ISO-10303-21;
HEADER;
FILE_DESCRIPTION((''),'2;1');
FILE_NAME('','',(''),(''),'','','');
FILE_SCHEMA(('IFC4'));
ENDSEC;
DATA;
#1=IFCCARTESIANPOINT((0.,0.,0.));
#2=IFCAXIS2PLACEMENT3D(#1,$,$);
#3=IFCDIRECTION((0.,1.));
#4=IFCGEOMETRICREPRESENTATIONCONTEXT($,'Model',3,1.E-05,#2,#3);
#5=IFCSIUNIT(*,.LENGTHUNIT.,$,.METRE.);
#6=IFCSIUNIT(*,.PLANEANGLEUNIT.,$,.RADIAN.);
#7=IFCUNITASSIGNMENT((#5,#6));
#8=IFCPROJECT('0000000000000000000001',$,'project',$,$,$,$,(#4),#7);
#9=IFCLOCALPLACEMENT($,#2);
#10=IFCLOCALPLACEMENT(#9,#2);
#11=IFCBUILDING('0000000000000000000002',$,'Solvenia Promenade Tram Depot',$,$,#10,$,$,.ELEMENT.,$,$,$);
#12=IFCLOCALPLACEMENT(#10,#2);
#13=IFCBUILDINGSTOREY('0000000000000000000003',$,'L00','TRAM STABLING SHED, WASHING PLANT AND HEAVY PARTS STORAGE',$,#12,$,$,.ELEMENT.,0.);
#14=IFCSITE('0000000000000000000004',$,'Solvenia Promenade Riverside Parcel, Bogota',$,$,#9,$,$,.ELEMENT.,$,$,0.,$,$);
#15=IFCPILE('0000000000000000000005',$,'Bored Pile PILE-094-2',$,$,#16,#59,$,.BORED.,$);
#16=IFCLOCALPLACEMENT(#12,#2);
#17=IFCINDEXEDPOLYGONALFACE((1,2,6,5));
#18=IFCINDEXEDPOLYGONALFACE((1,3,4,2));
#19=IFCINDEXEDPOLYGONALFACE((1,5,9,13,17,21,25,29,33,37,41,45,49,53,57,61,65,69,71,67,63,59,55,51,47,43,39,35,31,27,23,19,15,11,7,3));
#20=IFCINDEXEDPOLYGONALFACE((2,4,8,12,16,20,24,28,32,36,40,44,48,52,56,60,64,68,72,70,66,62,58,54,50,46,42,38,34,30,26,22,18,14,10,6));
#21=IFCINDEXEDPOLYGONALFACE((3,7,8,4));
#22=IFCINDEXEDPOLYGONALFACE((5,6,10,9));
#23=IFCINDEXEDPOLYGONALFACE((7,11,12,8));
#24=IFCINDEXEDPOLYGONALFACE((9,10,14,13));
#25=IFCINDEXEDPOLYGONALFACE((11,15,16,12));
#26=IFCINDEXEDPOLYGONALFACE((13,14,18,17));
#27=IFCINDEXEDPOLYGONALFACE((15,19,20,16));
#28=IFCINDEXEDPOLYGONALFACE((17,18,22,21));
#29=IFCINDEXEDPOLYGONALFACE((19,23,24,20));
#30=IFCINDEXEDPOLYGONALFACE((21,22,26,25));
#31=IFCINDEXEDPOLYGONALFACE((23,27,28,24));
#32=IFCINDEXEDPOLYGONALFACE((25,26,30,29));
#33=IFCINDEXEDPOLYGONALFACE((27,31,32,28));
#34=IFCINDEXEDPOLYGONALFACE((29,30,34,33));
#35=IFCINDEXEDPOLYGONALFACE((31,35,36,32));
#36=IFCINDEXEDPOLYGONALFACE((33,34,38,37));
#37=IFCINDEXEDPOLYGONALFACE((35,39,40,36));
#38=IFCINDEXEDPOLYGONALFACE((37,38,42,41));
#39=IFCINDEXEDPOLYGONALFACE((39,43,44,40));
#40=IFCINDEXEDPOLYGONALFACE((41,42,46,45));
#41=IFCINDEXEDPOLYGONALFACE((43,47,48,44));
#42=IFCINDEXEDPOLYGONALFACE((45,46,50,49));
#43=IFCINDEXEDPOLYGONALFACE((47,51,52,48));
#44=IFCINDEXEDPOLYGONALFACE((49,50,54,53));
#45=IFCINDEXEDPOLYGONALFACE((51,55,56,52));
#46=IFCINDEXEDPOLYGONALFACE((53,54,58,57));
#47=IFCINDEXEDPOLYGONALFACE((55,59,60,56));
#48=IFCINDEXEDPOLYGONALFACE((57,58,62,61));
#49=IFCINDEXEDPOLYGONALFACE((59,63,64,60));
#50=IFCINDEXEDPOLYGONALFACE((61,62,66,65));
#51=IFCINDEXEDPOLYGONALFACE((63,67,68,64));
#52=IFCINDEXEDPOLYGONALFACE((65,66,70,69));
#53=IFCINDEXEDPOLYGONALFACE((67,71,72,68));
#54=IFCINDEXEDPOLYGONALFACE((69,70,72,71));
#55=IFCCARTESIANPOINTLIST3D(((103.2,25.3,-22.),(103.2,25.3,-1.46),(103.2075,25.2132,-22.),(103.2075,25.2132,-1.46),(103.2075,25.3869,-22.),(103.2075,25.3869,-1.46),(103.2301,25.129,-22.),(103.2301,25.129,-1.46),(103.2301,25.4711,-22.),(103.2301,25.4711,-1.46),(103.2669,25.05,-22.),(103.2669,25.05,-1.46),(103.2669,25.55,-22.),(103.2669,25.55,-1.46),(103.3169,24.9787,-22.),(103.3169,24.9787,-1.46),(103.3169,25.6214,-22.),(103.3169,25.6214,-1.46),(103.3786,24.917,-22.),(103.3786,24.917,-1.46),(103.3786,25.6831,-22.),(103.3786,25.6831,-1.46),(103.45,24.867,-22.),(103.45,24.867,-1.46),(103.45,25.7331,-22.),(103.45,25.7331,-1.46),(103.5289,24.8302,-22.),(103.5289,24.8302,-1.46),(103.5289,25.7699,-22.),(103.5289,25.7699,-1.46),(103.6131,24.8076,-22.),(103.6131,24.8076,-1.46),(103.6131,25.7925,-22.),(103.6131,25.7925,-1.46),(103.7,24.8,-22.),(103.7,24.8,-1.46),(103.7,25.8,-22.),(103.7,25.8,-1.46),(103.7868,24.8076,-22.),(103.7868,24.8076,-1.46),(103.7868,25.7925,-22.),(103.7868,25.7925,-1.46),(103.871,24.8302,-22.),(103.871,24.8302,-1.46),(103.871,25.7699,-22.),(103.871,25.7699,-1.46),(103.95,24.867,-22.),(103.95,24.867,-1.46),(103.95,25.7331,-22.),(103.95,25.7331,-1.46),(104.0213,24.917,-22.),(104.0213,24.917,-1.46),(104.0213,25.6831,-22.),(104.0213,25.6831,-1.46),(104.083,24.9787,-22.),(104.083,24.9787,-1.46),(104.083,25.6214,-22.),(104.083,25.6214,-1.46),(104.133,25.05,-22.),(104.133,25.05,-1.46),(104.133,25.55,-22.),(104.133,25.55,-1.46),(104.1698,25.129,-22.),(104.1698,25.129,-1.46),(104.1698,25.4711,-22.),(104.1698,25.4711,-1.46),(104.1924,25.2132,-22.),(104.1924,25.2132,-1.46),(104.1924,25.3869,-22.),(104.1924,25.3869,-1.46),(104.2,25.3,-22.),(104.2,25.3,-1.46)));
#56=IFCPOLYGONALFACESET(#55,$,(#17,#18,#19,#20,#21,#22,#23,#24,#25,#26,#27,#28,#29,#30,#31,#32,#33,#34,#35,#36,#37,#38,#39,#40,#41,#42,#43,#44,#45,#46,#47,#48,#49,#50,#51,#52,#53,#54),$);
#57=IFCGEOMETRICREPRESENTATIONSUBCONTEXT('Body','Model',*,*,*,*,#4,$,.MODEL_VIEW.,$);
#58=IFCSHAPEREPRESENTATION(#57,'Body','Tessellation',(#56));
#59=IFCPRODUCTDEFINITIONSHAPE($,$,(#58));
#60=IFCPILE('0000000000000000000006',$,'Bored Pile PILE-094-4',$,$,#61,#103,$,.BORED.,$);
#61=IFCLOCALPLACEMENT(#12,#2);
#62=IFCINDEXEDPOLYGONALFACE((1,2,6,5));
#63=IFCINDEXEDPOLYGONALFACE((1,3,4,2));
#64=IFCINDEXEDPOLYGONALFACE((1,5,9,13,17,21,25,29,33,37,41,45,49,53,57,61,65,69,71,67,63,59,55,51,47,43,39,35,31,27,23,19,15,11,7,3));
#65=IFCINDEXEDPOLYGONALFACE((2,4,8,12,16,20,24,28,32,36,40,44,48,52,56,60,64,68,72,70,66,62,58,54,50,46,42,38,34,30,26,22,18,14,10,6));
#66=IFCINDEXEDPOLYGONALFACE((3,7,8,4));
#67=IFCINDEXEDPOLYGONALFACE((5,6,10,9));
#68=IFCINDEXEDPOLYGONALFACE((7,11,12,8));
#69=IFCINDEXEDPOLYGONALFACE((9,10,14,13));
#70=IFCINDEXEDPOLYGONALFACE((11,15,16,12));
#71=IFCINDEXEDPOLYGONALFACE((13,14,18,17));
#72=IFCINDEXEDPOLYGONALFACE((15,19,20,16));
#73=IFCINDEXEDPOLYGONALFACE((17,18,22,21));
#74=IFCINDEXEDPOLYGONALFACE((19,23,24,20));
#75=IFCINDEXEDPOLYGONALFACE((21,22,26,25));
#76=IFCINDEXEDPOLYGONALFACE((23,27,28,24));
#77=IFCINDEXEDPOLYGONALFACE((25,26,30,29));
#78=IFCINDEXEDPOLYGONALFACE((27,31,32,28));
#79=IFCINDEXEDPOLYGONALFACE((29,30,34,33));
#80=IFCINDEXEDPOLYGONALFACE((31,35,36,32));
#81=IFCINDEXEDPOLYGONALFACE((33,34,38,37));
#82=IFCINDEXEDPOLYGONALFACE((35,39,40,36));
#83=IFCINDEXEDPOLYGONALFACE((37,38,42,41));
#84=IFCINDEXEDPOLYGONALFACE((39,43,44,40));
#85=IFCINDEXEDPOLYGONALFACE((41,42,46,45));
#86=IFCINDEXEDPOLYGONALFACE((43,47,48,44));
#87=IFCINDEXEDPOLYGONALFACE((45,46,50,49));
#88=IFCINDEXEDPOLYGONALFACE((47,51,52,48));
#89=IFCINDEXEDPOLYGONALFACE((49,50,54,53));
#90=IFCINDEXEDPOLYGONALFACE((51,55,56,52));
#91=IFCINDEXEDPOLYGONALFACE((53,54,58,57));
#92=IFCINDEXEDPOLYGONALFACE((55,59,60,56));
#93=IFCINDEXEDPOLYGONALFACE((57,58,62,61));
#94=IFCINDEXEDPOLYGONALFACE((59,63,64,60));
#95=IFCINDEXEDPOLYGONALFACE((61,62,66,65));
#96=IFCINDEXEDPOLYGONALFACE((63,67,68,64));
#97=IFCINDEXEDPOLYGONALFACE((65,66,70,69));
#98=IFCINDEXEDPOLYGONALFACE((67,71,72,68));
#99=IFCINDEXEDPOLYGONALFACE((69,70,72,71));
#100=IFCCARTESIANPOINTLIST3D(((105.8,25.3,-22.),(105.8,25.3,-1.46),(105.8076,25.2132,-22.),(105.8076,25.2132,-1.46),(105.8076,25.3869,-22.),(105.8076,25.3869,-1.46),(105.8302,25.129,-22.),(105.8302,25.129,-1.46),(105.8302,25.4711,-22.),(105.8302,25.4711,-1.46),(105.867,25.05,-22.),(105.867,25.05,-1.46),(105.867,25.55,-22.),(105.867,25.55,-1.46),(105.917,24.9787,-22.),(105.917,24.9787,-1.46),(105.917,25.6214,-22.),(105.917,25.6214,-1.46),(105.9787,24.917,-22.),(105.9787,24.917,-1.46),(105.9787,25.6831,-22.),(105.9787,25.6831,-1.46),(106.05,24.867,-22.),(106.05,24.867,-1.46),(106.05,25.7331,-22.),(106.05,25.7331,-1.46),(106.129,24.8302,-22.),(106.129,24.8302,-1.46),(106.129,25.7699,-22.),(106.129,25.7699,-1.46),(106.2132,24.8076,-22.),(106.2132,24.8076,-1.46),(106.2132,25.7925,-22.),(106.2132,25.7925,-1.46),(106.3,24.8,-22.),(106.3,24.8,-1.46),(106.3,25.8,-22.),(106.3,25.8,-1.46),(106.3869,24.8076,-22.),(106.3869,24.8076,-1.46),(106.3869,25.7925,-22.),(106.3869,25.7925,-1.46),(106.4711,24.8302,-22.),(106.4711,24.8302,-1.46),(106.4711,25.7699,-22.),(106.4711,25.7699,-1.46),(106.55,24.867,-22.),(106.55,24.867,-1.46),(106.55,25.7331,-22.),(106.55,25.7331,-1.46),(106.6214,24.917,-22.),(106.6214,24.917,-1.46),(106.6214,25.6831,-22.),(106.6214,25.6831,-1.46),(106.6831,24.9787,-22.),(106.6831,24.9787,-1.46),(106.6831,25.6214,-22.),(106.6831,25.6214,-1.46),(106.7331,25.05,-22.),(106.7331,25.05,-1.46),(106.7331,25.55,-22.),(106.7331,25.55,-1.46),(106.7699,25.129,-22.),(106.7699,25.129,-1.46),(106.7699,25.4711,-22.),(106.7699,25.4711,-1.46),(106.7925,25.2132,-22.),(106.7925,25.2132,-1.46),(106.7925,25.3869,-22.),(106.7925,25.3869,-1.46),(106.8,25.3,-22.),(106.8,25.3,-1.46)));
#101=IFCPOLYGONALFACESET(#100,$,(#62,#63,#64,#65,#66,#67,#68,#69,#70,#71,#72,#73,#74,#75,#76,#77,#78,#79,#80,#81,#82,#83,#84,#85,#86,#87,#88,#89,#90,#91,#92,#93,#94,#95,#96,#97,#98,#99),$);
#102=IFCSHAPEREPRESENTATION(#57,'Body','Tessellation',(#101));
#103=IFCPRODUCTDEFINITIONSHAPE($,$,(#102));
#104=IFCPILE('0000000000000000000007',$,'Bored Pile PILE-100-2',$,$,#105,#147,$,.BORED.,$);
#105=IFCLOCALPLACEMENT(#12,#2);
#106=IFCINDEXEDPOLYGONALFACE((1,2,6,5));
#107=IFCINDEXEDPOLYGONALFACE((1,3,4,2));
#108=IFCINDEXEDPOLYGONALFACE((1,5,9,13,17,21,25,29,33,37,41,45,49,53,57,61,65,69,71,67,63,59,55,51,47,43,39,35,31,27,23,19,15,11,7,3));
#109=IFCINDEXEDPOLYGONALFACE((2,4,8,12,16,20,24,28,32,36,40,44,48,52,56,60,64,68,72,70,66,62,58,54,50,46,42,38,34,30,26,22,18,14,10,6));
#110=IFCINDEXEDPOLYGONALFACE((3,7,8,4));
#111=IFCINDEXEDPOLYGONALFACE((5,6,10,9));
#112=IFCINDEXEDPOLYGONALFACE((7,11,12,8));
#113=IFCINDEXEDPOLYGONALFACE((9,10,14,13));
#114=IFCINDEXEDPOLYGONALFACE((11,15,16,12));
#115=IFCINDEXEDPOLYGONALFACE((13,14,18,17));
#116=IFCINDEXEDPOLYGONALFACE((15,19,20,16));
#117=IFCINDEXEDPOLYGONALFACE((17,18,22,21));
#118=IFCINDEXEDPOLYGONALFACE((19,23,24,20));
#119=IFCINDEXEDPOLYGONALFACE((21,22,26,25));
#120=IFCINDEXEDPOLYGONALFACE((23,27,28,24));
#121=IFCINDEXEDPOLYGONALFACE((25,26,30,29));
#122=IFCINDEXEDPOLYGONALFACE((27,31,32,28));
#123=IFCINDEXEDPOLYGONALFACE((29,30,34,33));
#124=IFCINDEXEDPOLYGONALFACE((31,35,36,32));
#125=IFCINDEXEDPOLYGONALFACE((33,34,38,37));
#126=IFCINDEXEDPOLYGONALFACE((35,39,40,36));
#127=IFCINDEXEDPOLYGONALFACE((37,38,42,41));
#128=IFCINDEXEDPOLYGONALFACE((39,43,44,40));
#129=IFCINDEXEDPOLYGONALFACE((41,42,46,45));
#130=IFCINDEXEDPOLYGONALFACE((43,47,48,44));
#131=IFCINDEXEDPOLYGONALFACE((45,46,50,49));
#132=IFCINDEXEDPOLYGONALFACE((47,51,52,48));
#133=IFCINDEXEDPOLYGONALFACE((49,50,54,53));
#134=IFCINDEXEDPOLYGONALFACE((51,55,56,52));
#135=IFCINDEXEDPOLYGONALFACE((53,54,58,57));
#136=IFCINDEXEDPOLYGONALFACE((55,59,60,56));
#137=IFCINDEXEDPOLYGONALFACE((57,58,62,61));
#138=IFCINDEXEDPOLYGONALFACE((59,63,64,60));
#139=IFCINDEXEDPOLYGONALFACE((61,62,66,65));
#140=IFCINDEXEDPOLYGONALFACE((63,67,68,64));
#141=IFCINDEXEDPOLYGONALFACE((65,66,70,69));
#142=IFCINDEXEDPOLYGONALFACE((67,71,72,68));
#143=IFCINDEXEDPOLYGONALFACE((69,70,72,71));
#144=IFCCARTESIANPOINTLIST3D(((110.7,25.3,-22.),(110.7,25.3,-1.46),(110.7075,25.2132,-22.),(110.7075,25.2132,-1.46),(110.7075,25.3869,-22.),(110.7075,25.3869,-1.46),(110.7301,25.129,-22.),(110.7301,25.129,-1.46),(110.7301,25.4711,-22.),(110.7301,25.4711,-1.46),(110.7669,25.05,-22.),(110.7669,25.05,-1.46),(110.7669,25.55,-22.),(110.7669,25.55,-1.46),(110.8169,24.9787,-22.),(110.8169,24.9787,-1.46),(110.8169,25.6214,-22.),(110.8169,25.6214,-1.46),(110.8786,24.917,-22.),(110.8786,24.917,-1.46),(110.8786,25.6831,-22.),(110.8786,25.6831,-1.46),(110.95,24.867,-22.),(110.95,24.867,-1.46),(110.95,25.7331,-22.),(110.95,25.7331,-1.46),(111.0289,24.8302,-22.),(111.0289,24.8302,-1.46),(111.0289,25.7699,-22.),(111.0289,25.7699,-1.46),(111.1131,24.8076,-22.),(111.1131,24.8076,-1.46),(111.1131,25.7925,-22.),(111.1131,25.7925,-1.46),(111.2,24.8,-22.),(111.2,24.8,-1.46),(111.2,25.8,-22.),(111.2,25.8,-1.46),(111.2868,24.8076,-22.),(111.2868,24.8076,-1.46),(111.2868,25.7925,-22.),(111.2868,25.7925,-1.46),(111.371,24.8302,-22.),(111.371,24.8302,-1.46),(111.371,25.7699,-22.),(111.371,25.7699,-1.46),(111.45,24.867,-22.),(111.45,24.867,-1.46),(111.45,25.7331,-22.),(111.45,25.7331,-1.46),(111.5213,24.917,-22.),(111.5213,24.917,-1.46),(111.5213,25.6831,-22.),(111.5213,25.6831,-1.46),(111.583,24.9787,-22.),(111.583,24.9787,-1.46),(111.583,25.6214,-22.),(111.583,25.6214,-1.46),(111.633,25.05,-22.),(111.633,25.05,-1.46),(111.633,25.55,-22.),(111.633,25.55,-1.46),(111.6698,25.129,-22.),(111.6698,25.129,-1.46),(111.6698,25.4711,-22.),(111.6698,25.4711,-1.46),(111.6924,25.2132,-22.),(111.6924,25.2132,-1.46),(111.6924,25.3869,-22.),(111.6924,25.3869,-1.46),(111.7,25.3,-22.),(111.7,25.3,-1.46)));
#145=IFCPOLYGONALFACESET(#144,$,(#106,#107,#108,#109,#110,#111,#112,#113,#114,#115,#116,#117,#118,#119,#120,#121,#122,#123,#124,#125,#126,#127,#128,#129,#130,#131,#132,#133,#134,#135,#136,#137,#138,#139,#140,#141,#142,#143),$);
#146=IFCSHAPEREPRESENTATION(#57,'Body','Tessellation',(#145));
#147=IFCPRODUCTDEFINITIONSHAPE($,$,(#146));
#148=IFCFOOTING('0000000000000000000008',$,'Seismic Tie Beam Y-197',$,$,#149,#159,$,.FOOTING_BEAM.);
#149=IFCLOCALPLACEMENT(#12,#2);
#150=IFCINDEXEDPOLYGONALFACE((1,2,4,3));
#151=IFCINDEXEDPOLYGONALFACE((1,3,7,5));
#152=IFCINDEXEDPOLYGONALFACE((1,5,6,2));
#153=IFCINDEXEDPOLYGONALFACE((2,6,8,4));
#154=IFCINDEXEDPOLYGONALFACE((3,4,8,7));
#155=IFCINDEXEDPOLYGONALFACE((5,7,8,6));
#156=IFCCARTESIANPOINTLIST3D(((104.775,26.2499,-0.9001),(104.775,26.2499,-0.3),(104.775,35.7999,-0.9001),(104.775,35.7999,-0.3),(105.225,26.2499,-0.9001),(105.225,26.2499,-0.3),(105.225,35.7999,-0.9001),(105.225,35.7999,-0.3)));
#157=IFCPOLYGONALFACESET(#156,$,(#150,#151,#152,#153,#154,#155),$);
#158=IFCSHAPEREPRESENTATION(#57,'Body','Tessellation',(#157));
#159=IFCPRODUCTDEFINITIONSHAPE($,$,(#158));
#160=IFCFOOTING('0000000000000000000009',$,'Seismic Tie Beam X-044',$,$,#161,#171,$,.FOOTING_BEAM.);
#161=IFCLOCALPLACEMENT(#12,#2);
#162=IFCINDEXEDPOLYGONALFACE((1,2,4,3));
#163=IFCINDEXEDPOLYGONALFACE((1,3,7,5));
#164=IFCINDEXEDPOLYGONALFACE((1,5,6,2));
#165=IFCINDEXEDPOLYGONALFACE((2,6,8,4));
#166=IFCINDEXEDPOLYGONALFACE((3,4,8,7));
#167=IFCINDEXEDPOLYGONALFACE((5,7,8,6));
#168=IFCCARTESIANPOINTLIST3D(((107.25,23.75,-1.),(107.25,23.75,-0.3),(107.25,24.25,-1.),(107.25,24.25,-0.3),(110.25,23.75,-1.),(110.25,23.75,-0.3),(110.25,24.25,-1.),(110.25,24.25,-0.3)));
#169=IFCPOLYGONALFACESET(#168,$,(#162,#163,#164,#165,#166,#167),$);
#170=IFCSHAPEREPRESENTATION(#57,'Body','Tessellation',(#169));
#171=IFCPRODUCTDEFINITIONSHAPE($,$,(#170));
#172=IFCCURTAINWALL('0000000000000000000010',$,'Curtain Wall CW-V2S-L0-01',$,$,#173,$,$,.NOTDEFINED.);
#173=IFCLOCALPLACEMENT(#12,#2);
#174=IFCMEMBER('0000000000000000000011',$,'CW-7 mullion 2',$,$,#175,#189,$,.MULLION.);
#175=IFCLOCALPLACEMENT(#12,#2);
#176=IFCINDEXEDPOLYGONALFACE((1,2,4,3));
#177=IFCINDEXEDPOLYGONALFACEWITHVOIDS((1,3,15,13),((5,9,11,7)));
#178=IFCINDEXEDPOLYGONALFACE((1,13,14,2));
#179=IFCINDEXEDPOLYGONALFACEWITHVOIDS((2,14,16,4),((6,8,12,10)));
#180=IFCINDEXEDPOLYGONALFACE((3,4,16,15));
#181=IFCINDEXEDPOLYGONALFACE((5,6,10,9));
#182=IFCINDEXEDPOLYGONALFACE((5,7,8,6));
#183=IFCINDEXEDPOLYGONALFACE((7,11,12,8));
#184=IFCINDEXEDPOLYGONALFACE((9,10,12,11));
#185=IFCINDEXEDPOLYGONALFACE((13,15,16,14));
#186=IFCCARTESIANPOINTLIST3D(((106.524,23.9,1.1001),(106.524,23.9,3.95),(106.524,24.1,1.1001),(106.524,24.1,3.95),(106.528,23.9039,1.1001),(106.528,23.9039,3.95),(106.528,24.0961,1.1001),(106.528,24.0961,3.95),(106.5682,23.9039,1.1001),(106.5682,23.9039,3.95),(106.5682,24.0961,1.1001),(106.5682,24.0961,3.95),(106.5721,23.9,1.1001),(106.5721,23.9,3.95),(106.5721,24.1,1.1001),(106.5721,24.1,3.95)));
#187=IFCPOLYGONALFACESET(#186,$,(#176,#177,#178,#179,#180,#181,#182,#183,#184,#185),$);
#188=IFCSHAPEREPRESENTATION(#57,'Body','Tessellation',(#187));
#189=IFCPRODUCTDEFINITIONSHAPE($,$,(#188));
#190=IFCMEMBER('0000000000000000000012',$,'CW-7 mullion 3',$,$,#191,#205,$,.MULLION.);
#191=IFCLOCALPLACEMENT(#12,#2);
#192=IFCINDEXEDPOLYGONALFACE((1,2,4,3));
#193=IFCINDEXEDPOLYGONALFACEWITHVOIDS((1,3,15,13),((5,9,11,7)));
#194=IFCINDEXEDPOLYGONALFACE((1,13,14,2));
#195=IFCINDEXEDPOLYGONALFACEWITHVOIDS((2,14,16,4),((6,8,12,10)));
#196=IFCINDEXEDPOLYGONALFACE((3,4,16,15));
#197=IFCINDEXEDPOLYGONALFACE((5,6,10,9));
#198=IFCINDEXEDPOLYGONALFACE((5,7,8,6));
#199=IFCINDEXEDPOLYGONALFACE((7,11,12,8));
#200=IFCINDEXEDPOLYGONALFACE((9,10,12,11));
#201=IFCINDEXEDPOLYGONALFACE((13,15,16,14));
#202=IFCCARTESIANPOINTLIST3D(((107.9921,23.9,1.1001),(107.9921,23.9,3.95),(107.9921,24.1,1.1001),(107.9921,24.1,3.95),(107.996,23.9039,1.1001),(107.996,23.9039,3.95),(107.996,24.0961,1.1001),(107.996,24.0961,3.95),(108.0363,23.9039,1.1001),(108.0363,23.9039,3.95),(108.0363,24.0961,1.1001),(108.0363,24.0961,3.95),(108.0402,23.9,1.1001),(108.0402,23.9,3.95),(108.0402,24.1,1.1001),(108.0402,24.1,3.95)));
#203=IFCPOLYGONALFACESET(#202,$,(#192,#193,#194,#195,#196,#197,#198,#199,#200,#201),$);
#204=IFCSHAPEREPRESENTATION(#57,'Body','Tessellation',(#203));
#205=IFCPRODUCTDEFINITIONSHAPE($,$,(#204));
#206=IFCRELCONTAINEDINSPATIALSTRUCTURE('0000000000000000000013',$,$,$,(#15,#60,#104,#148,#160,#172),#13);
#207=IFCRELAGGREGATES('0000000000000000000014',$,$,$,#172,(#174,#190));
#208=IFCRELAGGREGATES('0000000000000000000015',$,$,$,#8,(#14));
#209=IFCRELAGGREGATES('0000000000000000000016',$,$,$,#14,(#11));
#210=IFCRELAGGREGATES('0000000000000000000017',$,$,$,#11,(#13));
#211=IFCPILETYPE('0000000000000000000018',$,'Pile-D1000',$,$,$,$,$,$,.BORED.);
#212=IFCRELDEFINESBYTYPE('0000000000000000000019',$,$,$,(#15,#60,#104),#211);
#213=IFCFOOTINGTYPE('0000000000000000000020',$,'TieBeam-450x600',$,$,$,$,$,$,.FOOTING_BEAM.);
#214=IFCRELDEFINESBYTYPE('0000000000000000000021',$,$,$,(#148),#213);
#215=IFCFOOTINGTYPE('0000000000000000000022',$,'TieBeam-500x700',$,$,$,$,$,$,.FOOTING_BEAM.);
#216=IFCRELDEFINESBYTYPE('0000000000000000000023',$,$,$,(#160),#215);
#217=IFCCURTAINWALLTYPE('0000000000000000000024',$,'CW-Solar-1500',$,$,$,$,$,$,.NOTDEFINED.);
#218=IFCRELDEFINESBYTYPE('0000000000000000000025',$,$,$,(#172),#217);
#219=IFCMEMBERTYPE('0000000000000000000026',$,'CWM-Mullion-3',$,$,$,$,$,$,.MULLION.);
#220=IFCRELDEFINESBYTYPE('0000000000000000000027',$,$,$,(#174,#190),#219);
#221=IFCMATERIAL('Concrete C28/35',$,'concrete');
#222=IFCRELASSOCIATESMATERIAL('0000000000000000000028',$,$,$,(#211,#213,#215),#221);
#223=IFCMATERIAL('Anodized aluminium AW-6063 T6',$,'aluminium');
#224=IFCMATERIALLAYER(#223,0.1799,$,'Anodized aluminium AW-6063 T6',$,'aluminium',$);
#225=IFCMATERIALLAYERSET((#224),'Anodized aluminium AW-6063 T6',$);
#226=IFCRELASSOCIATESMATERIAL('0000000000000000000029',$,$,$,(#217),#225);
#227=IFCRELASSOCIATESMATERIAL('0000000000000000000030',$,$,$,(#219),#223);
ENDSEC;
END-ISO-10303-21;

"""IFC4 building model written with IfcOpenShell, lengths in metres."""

from ifc_helpers import new_model, si_unit, direction, frame, origin, origin_2d, place, context, subcontext, project, spatial, rectangle, hollow_rectangle, circle, extrude, material, layer, layer_set, material_profile, profile_set, type_object, element, aggregate, save


model = new_model("IFC4")

# Units and contexts
model_context = context("Model", 3, precision=1e-05, world=origin(), true_north=direction((0.0, 1.0)))
body_context = subcontext(model_context, "Body", "Model", "MODEL_VIEW")
ifc_project = project(units=[si_unit("LENGTHUNIT", "METRE"), si_unit("PLANEANGLEUNIT", "RADIAN")], contexts=[model_context])

# Site, building, storey
site_placement = place(None, origin())
site = spatial("IfcSite", under=ifc_project, at=site_placement, Name="Solvenia Promenade Riverside Parcel, Bogota", CompositionType="ELEMENT", RefElevation=0.0)
building_placement = place(site_placement, origin())
building = spatial("IfcBuilding", under=site, at=building_placement, Name="Solvenia Promenade Tram Depot", CompositionType="ELEMENT")
storey_placement = place(building_placement, origin())
storey = spatial("IfcBuildingStorey", under=building, at=storey_placement, Name="L00", Description="TRAM STABLING SHED, WASHING PLANT AND HEAVY PARTS STORAGE", CompositionType="ELEMENT", Elevation=0.0)

# Piles
ifc_material_1 = material(Name="Concrete C28/35", Category="concrete")
ifc_material_profile_1 = material_profile(ifc_material_1, circle(Radius=0.5, at=origin_2d()), Name="D1000", Category="concrete")
ifc_profile_set_1 = profile_set([ifc_material_profile_1], Name="Concrete C28/35")
pile_type = type_object("IfcPileType", Name="Pile-D1000", PredefinedType="BORED", material=ifc_profile_set_1)
for number, where, z_axis, x_axis, name in (
    (1, (103.7, 25.3, -1.46), (0.0, 0.0, -1.0), (1.0, 0.0, 0.0), "Bored Pile PILE-094-2"),
    (2, (106.3, 25.3, -1.46), (0.0, 0.0, -1.0), (1.0, 0.0, 0.0), "Bored Pile PILE-094-4"),
    (3, (111.2, 25.3, -1.46), (0.0, 0.0, -1.0), (1.0, 0.0, 0.0), "Bored Pile PILE-100-2"),
):
    element("IfcPile", number, at=place(storey_placement, frame(where, z_axis=z_axis, x_axis=x_axis)), inside=storey, type_object=pile_type, Name=name, PredefinedType="BORED", context=body_context, shape_type="SweptSolid", body=[
        extrude(circle(Radius=0.5, at=origin_2d()), origin(), (0.0, 0.0, 1.0), 20.54),
    ])

# Footings
footing_type_1 = type_object("IfcFootingType", Name="TieBeam-450x600", PredefinedType="FOOTING_BEAM", material=ifc_material_1)
footing_1_placement = place(storey_placement, frame((105.0, 31.0249, -0.9001), z_axis=(0.0, 0.0, 1.0), x_axis=(1.0, 0.0, 0.0)))
element("IfcFooting", 4, at=footing_1_placement, inside=storey, type_object=footing_type_1, Name="Seismic Tie Beam Y-197", PredefinedType="FOOTING_BEAM", context=body_context, shape_type="SweptSolid", body=[
    extrude(rectangle(XDim=0.45, YDim=9.55, at=origin_2d()), origin(), (0.0, 0.0, 1.0), 0.6001),
])
footing_type_2 = type_object("IfcFootingType", Name="TieBeam-500x700", PredefinedType="FOOTING_BEAM", material=ifc_material_1)
footing_2_placement = place(storey_placement, frame((108.75, 24.0, -1.0), z_axis=(0.0, 0.0, 1.0), x_axis=(1.0, 0.0, 0.0)))
element("IfcFooting", 5, at=footing_2_placement, inside=storey, type_object=footing_type_2, Name="Seismic Tie Beam X-044", PredefinedType="FOOTING_BEAM", context=body_context, shape_type="SweptSolid", body=[
    extrude(rectangle(XDim=3.0, YDim=0.5, at=origin_2d()), origin(), (0.0, 0.0, 1.0), 0.7),
])

# Curtain wall, members
ifc_material_2 = material(Name="Anodized aluminium AW-6063 T6", Category="aluminium")
ifc_layer_1 = layer(ifc_material_2, 0.1799, Name="Anodized aluminium AW-6063 T6", Category="aluminium")
ifc_layer_set_1 = layer_set([ifc_layer_1], Name="Anodized aluminium AW-6063 T6")
curtain_wall_type = type_object("IfcCurtainWallType", Name="CW-Solar-1500", PredefinedType="NOTDEFINED", material=ifc_layer_set_1)
curtain_wall_placement = place(storey_placement, origin())
curtain_wall = element("IfcCurtainWall", 6, at=curtain_wall_placement, inside=storey, type_object=curtain_wall_type, Name="Curtain Wall CW-V2S-L0-01", PredefinedType="NOTDEFINED")
ifc_material_profile_2 = material_profile(ifc_material_2, hollow_rectangle(XDim=0.2, YDim=0.0481, WallThickness=0.0039, at=origin_2d()), Name="ALU-M3", Category="aluminium")
ifc_profile_set_2 = profile_set([ifc_material_profile_2], Name="Anodized aluminium AW-6063 T6")
member_type_1 = type_object("IfcMemberType", Name="CWM-Mullion-3", PredefinedType="MULLION", material=ifc_profile_set_2)
member_1_placement = place(storey_placement, frame((106.5481, 24.0, 1.1001), z_axis=(0.0, 0.0, 1.0), x_axis=(0.0, 1.0, 0.0)))
member_1 = element("IfcMember", 7, at=member_1_placement, type_object=member_type_1, Name="CW-7 mullion 2", PredefinedType="MULLION", context=body_context, shape_type="SweptSolid", body=[
    extrude(hollow_rectangle(XDim=0.2, YDim=0.0481, WallThickness=0.0039, at=origin_2d()), origin(), (0.0, 0.0, 1.0), 2.8499),
])
member_2_placement = place(storey_placement, frame((108.0161, 24.0, 1.1001), z_axis=(0.0, 0.0, 1.0), x_axis=(0.0, 1.0, 0.0)))
member_2 = element("IfcMember", 8, at=member_2_placement, type_object=member_type_1, Name="CW-7 mullion 3", PredefinedType="MULLION", context=body_context, shape_type="SweptSolid", body=[
    extrude(hollow_rectangle(XDim=0.2, YDim=0.0481, WallThickness=0.0039, at=origin_2d()), origin(), (0.0, 0.0, 1.0), 2.8499),
])
aggregate(curtain_wall, [member_1, member_2])

save(model, "model.ifc")
